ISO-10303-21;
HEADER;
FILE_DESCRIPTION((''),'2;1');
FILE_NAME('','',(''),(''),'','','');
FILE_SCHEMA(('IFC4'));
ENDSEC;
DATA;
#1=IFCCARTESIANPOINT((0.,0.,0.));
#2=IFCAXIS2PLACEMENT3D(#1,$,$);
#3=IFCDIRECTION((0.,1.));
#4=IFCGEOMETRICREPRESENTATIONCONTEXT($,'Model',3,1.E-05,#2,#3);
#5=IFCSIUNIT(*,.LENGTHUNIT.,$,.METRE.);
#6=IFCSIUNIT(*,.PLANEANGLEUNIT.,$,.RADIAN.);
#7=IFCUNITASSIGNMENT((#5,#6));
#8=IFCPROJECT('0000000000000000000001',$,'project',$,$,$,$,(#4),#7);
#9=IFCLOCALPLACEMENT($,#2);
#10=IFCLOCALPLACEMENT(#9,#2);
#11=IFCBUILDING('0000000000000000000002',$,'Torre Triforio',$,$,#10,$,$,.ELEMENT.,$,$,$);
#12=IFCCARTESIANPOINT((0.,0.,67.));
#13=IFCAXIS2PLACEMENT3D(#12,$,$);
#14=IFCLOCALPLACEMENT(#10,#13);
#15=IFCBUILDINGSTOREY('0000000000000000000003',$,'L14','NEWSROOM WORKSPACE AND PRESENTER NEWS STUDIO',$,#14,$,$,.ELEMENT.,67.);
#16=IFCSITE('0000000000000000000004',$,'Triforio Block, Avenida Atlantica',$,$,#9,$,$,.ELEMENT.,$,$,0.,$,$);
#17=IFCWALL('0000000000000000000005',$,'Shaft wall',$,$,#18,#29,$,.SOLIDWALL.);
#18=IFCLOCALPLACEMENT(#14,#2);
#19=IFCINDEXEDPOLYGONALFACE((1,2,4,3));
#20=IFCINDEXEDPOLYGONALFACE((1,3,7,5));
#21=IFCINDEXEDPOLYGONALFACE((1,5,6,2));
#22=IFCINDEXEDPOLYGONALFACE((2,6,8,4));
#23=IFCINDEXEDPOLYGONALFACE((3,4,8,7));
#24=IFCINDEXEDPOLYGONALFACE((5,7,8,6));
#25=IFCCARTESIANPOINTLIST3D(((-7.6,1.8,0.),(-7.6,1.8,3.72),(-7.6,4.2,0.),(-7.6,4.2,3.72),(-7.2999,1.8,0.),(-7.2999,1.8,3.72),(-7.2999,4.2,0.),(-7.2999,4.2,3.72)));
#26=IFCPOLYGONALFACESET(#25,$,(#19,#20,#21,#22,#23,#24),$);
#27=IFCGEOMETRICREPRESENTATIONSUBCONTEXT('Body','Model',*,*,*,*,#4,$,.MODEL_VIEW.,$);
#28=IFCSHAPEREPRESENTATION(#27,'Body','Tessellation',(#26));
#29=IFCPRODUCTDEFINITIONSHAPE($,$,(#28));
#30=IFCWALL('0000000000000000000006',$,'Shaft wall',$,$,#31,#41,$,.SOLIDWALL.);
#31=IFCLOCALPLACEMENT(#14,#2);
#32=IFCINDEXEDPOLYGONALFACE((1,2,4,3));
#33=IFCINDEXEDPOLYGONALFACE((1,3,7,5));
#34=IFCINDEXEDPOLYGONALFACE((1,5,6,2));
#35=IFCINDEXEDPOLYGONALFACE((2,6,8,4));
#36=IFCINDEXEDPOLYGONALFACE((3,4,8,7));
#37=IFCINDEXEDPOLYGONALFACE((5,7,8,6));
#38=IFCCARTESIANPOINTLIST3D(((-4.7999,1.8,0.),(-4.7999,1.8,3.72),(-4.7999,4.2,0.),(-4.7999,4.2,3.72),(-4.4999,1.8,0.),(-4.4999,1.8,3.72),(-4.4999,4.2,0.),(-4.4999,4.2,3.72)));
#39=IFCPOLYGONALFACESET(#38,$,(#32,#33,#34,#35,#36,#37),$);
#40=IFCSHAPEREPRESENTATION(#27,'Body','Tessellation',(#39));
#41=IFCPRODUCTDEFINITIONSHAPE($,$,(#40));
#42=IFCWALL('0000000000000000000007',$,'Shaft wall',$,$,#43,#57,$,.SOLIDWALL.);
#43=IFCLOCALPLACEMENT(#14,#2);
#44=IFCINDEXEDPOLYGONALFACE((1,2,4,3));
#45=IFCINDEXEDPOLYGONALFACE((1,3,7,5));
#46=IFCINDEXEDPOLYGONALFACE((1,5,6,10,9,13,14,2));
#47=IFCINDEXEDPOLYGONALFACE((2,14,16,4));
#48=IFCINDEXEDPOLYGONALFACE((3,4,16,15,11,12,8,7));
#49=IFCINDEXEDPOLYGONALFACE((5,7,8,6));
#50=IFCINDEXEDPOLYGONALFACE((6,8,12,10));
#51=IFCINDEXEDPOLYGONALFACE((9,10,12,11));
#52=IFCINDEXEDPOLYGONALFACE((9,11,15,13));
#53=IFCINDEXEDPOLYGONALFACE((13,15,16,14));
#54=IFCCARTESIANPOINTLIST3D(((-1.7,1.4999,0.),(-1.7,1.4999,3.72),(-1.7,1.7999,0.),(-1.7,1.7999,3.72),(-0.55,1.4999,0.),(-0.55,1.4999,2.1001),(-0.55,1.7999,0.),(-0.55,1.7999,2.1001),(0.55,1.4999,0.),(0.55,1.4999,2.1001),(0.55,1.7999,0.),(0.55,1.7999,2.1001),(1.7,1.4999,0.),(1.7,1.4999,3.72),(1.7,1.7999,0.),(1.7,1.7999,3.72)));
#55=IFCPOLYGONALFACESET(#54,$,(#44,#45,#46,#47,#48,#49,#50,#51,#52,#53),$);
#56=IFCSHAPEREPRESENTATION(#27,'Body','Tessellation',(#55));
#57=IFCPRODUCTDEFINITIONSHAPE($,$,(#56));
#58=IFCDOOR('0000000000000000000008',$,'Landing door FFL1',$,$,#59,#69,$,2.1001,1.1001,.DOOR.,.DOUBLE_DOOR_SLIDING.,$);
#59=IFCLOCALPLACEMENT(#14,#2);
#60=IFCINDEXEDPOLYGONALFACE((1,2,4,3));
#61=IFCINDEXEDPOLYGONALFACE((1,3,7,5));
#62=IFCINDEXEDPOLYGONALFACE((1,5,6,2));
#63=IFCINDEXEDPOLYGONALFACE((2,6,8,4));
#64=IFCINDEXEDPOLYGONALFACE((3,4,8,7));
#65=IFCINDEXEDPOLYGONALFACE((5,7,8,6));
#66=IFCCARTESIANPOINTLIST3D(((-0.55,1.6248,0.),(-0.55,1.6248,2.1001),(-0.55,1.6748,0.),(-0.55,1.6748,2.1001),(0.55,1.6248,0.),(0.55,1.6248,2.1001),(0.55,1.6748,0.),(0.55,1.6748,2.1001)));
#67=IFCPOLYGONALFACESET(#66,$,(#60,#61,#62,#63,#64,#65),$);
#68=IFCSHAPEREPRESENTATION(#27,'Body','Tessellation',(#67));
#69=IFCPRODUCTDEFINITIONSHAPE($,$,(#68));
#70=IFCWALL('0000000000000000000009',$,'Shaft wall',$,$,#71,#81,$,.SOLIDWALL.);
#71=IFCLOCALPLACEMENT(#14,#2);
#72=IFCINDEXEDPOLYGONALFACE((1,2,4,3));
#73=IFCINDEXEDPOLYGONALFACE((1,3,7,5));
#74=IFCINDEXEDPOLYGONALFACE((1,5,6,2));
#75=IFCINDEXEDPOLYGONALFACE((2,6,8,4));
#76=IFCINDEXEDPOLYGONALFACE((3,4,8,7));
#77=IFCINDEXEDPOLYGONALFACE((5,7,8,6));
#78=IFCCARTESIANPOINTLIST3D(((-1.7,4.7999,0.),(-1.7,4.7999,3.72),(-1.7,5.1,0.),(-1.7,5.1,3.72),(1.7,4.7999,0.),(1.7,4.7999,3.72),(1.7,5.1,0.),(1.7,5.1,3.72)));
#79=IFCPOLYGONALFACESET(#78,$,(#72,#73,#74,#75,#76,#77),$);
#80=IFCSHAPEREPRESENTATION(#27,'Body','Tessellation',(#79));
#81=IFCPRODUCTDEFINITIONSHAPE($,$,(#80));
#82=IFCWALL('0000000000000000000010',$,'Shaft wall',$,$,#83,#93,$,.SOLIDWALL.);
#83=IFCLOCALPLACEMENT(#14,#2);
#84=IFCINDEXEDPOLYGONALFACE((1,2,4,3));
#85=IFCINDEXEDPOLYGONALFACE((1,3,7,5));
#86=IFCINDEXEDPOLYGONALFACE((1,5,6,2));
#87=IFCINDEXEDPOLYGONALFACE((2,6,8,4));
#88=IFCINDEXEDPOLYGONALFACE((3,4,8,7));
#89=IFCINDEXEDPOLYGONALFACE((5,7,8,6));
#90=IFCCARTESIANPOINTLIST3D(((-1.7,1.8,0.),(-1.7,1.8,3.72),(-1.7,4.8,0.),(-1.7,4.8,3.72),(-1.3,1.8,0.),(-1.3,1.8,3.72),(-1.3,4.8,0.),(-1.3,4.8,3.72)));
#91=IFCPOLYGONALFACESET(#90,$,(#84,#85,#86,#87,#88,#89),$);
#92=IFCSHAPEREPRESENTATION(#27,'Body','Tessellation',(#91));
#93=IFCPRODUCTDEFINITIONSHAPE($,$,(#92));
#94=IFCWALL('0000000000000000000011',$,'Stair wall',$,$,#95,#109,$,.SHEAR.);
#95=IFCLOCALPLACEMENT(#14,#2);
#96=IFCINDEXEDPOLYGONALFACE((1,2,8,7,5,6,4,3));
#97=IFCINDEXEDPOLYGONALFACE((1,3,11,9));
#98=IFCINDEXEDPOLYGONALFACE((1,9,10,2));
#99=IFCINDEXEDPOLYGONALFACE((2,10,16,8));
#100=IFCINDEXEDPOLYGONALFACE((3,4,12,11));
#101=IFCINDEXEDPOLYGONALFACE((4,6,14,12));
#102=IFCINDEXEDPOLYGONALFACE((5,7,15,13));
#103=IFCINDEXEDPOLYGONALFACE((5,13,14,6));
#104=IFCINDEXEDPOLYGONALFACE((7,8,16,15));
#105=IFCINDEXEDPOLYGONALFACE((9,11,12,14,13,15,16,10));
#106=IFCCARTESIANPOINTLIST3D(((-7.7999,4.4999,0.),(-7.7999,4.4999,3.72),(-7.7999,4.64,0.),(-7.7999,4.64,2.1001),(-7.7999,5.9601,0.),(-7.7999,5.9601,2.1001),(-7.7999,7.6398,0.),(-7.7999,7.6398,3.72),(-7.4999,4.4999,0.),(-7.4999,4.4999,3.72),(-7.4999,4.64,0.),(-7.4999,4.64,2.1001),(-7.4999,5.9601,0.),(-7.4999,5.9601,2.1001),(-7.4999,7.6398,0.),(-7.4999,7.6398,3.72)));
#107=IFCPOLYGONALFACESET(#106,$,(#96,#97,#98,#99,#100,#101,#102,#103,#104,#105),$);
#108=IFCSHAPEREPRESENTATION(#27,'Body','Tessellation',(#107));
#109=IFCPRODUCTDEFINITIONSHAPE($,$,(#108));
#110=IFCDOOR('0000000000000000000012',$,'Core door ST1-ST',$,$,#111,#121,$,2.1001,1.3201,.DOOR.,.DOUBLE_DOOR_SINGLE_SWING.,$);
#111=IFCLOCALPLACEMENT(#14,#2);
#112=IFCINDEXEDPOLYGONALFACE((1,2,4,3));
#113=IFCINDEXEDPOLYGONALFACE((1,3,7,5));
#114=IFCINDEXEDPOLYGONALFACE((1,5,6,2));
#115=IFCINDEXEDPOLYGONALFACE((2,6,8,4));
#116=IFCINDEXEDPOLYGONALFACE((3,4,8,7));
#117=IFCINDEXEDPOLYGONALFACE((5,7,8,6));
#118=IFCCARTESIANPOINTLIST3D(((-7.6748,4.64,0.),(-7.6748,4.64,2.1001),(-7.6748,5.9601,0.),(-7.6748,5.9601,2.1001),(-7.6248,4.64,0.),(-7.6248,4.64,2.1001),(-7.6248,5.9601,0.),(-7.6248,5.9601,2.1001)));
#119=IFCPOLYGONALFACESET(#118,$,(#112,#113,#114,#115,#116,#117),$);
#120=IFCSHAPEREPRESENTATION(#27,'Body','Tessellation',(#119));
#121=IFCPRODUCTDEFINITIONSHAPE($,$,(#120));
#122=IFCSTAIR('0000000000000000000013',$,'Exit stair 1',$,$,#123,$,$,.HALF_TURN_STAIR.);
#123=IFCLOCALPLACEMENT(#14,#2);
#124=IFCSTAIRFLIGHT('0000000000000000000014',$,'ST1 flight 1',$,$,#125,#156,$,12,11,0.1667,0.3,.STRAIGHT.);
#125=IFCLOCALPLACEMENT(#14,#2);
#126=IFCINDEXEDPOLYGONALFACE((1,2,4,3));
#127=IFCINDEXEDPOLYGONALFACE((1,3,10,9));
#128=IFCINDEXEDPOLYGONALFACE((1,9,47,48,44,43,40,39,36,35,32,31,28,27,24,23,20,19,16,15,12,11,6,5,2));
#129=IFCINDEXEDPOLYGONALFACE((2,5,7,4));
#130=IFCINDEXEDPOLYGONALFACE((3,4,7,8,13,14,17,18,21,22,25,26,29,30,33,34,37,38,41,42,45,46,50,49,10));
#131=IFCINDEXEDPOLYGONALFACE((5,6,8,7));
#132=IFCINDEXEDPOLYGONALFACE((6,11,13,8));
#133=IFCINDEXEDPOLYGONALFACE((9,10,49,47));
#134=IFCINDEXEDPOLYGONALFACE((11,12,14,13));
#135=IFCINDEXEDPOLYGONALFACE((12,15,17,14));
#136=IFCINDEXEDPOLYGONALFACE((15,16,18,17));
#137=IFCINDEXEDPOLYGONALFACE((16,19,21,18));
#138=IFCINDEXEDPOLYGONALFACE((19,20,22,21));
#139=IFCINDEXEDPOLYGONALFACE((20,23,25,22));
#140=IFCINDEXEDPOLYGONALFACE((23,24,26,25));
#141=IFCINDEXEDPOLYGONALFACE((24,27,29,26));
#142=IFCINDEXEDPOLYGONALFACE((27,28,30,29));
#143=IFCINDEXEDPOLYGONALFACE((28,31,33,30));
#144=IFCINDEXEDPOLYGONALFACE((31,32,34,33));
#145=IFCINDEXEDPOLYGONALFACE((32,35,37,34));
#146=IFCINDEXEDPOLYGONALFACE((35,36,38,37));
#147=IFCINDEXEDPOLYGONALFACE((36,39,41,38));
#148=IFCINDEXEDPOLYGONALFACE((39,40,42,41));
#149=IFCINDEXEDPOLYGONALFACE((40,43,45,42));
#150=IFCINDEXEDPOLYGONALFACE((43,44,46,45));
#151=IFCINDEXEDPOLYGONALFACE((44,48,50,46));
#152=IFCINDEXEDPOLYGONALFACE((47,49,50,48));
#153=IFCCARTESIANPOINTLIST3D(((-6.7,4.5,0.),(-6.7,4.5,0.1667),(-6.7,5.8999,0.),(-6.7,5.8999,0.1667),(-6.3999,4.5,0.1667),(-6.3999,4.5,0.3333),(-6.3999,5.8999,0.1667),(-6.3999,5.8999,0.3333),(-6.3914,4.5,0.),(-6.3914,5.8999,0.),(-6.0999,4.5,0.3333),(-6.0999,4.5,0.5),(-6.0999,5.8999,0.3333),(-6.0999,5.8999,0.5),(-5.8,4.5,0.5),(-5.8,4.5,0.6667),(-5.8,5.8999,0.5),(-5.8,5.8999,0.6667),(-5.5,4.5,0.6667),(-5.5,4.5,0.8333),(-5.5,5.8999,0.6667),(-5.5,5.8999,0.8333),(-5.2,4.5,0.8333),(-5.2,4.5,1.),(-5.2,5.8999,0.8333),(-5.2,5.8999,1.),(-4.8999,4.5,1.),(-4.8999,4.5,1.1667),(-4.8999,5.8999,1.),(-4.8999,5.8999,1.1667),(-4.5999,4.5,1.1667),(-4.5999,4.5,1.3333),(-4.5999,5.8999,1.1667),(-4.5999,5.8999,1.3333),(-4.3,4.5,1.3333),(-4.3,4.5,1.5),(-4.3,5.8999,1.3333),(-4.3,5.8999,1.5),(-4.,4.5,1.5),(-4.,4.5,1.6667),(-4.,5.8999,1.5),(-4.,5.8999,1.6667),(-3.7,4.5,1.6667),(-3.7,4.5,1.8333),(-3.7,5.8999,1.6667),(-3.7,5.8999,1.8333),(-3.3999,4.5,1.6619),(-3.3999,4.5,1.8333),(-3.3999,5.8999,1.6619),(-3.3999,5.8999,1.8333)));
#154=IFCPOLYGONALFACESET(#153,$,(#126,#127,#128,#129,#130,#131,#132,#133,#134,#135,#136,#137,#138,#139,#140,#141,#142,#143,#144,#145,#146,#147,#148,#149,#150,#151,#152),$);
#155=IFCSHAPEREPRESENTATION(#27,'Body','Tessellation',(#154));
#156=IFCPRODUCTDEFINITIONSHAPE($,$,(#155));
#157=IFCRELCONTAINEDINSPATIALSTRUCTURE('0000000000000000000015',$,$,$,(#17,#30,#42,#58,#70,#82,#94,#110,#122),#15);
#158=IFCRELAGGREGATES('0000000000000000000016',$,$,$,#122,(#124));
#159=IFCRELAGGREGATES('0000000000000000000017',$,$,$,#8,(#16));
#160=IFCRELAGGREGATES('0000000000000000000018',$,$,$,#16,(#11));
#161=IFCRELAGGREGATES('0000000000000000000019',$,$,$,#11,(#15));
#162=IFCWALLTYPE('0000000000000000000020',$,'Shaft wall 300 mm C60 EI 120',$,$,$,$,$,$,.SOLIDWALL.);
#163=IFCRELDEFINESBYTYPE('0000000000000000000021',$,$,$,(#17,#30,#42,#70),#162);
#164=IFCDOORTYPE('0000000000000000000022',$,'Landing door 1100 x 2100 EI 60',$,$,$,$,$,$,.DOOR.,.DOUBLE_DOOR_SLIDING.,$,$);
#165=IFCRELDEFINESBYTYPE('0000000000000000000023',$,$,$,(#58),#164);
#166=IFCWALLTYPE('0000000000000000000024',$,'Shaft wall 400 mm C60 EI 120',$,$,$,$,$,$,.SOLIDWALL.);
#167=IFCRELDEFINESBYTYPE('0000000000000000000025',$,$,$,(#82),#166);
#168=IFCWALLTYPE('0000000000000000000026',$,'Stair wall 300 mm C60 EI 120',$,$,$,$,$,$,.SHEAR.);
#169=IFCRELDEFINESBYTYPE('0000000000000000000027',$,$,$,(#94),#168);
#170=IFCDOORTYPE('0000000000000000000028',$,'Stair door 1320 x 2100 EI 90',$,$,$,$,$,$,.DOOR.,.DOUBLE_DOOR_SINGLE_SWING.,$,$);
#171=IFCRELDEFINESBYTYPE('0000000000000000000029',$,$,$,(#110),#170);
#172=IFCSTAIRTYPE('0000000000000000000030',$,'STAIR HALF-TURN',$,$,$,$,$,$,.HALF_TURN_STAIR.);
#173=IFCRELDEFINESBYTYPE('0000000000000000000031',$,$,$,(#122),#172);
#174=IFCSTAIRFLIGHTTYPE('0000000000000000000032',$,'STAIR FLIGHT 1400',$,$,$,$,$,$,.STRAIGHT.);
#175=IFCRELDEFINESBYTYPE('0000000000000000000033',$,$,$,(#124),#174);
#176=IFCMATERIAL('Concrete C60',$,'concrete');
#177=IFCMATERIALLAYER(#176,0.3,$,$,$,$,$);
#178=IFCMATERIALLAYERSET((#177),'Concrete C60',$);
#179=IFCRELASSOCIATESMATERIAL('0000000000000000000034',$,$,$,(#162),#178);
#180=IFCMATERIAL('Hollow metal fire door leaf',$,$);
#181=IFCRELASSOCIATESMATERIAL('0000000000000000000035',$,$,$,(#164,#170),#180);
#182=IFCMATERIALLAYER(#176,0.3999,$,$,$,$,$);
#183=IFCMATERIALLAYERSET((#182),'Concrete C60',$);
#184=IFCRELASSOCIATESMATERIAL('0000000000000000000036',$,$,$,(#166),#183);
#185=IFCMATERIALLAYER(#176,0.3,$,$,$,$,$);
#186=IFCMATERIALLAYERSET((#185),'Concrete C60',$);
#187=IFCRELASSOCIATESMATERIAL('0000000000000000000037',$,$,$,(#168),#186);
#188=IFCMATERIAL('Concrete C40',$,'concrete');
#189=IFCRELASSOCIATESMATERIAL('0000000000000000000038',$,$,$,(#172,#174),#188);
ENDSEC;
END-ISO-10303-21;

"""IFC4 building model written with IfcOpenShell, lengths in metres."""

from ifc_helpers import new_model, si_unit, direction, frame, frame_2d, origin, place, context, subcontext, project, spatial, polyline, rectangle, outline, extrude, material, layer, layer_set, type_object, element, fill, aggregate, save


model = new_model("IFC4")

# Units and contexts
model_context = context("Model", 3, precision=1e-05, world=origin(), true_north=direction((0.0, 1.0)))
body_context = subcontext(model_context, "Body", "Model", "MODEL_VIEW")
ifc_project = project(units=[si_unit("LENGTHUNIT", "METRE"), si_unit("PLANEANGLEUNIT", "RADIAN")], contexts=[model_context])

# Site, building, storey
site_placement = place(None, origin())
site = spatial("IfcSite", under=ifc_project, at=site_placement, Name="Triforio Block, Avenida Atlantica", CompositionType="ELEMENT", RefElevation=0.0)
building_placement = place(site_placement, origin())
building = spatial("IfcBuilding", under=site, at=building_placement, Name="Torre Triforio", CompositionType="ELEMENT")
storey_placement = place(building_placement, frame((0.0, 0.0, 67.0)))
storey = spatial("IfcBuildingStorey", under=building, at=storey_placement, Name="L14", Description="NEWSROOM WORKSPACE AND PRESENTER NEWS STUDIO", CompositionType="ELEMENT", Elevation=67.0)

# Walls
ifc_material_1 = material(Name="Concrete C60", Category="concrete")
ifc_layer_1 = layer(ifc_material_1, 0.3)
ifc_layer_set_1 = layer_set([ifc_layer_1], Name="Concrete C60")
wall_type_1 = type_object("IfcWallType", Name="Shaft wall 300 mm C60 EI 120", PredefinedType="SOLIDWALL", material=ifc_layer_set_1)
for number, where, z_axis, x_axis, name in (
    (1, (-7.45, 1.8, 0.0), (0.0, 0.0, 1.0), (0.0, 1.0, 0.0), "Shaft wall"),
    (2, (-4.6499, 1.8, 0.0), (0.0, 0.0, 1.0), (0.0, 1.0, 0.0), "Shaft wall"),
):
    element("IfcWall", number, at=place(storey_placement, frame(where, z_axis=z_axis, x_axis=x_axis)), inside=storey, type_object=wall_type_1, Name=name, PredefinedType="SOLIDWALL", context=body_context, shape_type="SweptSolid", body=[
        extrude(rectangle(XDim=2.3999, YDim=0.3, at=frame_2d((1.2, 0.0))), origin(), (0.0, 0.0, 1.0), 3.72),
    ])

# Wall, opening, door
wall_1_placement = place(storey_placement, frame((-1.7, 1.6499, 0.0), z_axis=(0.0, 0.0, 1.0), x_axis=(1.0, 0.0, 0.0)))
wall_1 = element("IfcWall", 3, at=wall_1_placement, inside=storey, type_object=wall_type_1, Name="Shaft wall", PredefinedType="SOLIDWALL", context=body_context, shape_type="SweptSolid", body=[
    extrude(rectangle(XDim=3.3999, YDim=0.3, at=frame_2d((1.7, 0.0))), origin(), (0.0, 0.0, 1.0), 3.72),
])
opening_1_placement = place(wall_1_placement, frame((1.1499, 0.0, 0.0)))
opening_1 = element("IfcOpeningElement", 4, at=opening_1_placement, cuts=wall_1, PredefinedType="OPENING", context=body_context, shape_type="SweptSolid", body=[
    extrude(rectangle(XDim=1.1001, YDim=2.1001, at=frame_2d((0.55, 1.05))), frame((0.0, 0.1599, 0.0), z_axis=(0.0, -1.0, 0.0), x_axis=(1.0, 0.0, 0.0)), (0.0, 0.0, 1.0), 0.3201),
])
ifc_material_2 = material(Name="Hollow metal fire door leaf")
door_type_1 = type_object("IfcDoorType", Name="Landing door 1100 x 2100 EI 60", OperationType="DOUBLE_DOOR_SLIDING", PredefinedType="DOOR", material=ifc_material_2)
door_1_placement = place(opening_1_placement, origin())
door_1 = element("IfcDoor", 5, at=door_1_placement, inside=storey, type_object=door_type_1, Name="Landing door FFL1", OperationType="DOUBLE_DOOR_SLIDING", OverallHeight=2.1001, OverallWidth=1.1001, PredefinedType="DOOR", context=body_context, shape_type="SweptSolid", body=[
    extrude(rectangle(XDim=1.1001, YDim=2.1001, at=frame_2d((0.55, 1.05))), frame((0.0, 0.0249, 0.0), z_axis=(0.0, -1.0, 0.0), x_axis=(1.0, 0.0, 0.0)), (0.0, 0.0, 1.0), 0.05),
])
fill(opening_1, door_1)

# Walls
wall_2_placement = place(storey_placement, frame((-1.7, 4.95, 0.0), z_axis=(0.0, 0.0, 1.0), x_axis=(1.0, 0.0, 0.0)))
element("IfcWall", 6, at=wall_2_placement, inside=storey, type_object=wall_type_1, Name="Shaft wall", PredefinedType="SOLIDWALL", context=body_context, shape_type="SweptSolid", body=[
    extrude(rectangle(XDim=3.3999, YDim=0.3, at=frame_2d((1.7, 0.0))), origin(), (0.0, 0.0, 1.0), 3.72),
])
ifc_layer_2 = layer(ifc_material_1, 0.3999)
ifc_layer_set_2 = layer_set([ifc_layer_2], Name="Concrete C60")
wall_type_2 = type_object("IfcWallType", Name="Shaft wall 400 mm C60 EI 120", PredefinedType="SOLIDWALL", material=ifc_layer_set_2)
wall_3_placement = place(storey_placement, frame((-1.5, 1.8, 0.0), z_axis=(0.0, 0.0, 1.0), x_axis=(0.0, 1.0, 0.0)))
element("IfcWall", 7, at=wall_3_placement, inside=storey, type_object=wall_type_2, Name="Shaft wall", PredefinedType="SOLIDWALL", context=body_context, shape_type="SweptSolid", body=[
    extrude(rectangle(XDim=3.0, YDim=0.3999, at=frame_2d((1.5, 0.0))), origin(), (0.0, 0.0, 1.0), 3.72),
])

# Wall, opening, door
ifc_layer_3 = layer(ifc_material_1, 0.3)
ifc_layer_set_3 = layer_set([ifc_layer_3], Name="Concrete C60")
wall_type_3 = type_object("IfcWallType", Name="Stair wall 300 mm C60 EI 120", PredefinedType="SHEAR", material=ifc_layer_set_3)
wall_4_placement = place(storey_placement, frame((-7.6499, 4.5, 0.0), z_axis=(0.0, 0.0, 1.0), x_axis=(0.0, 1.0, 0.0)))
wall_4 = element("IfcWall", 8, at=wall_4_placement, inside=storey, type_object=wall_type_3, Name="Stair wall", PredefinedType="SHEAR", context=body_context, shape_type="SweptSolid", body=[
    extrude(rectangle(XDim=3.1399, YDim=0.3, at=frame_2d((1.5698, 0.0))), origin(), (0.0, 0.0, 1.0), 3.72),
])
opening_2_placement = place(wall_4_placement, frame((0.1399, 0.0, 0.0)))
opening_2 = element("IfcOpeningElement", 9, at=opening_2_placement, cuts=wall_4, PredefinedType="OPENING", context=body_context, shape_type="SweptSolid", body=[
    extrude(rectangle(XDim=1.3201, YDim=2.1001, at=frame_2d((0.6602, 1.05))), frame((0.0, 0.1599, 0.0), z_axis=(0.0, -1.0, 0.0), x_axis=(1.0, 0.0, 0.0)), (0.0, 0.0, 1.0), 0.3201),
])
door_type_2 = type_object("IfcDoorType", Name="Stair door 1320 x 2100 EI 90", OperationType="DOUBLE_DOOR_SINGLE_SWING", PredefinedType="DOOR", material=ifc_material_2)
door_2_placement = place(opening_2_placement, origin())
door_2 = element("IfcDoor", 10, at=door_2_placement, inside=storey, type_object=door_type_2, Name="Core door ST1-ST", OperationType="DOUBLE_DOOR_SINGLE_SWING", OverallHeight=2.1001, OverallWidth=1.3201, PredefinedType="DOOR", context=body_context, shape_type="SweptSolid", body=[
    extrude(rectangle(XDim=1.3201, YDim=2.1001, at=frame_2d((0.6602, 1.05))), frame((0.0, 0.0249, 0.0), z_axis=(0.0, -1.0, 0.0), x_axis=(1.0, 0.0, 0.0)), (0.0, 0.0, 1.0), 0.05),
])
fill(opening_2, door_2)

# Stair, stair flight
ifc_material_3 = material(Name="Concrete C40", Category="concrete")
stair_type = type_object("IfcStairType", Name="STAIR HALF-TURN", PredefinedType="HALF_TURN_STAIR", material=ifc_material_3)
stair_placement = place(storey_placement, origin())
stair = element("IfcStair", 11, at=stair_placement, inside=storey, type_object=stair_type, Name="Exit stair 1", PredefinedType="HALF_TURN_STAIR")
stair_flight_type = type_object("IfcStairFlightType", Name="STAIR FLIGHT 1400", PredefinedType="STRAIGHT", material=ifc_material_3)
stair_flight_1_placement = place(storey_placement, frame((-6.7, 5.2, 0.0), z_axis=(0.0, 0.0, 1.0), x_axis=(1.0, 0.0, 0.0)))
stair_flight_1 = element("IfcStairFlight", 12, at=stair_flight_1_placement, type_object=stair_flight_type, Name="ST1 flight 1", NumberOfRisers=12, NumberOfTreads=11, PredefinedType="STRAIGHT", RiserHeight=0.1667, TreadLength=0.3, context=body_context, shape_type="SweptSolid", body=[
    extrude(outline(polyline([(0.0, 0.0), (0.0, 0.1667), (0.3, 0.1667), (0.3, 0.3333), (0.6001, 0.3333), (0.6001, 0.5), (0.8999, 0.5), (0.8999, 0.6667), (1.2, 0.6667), (1.2, 0.8333), (1.5, 0.8333), (1.5, 1.0), (1.8, 1.0), (1.8, 1.1667), (2.1001, 1.1667), (2.1001, 1.3333), (2.3999, 1.3333), (2.3999, 1.5), (2.7, 1.5), (2.7, 1.6667), (3.0, 1.6667), (3.0, 1.8333), (3.3, 1.8333), (3.3, 2.0), (3.3, 1.6619), (0.3086, 0.0), (0.0, 0.0)])), frame((0.0, 0.7, 0.0), z_axis=(0.0, -1.0, 0.0), x_axis=(1.0, 0.0, 0.0)), (0.0, 0.0, 1.0), 1.3999),
])
aggregate(stair, [stair_flight_1])

save(model, "model.ifc")
